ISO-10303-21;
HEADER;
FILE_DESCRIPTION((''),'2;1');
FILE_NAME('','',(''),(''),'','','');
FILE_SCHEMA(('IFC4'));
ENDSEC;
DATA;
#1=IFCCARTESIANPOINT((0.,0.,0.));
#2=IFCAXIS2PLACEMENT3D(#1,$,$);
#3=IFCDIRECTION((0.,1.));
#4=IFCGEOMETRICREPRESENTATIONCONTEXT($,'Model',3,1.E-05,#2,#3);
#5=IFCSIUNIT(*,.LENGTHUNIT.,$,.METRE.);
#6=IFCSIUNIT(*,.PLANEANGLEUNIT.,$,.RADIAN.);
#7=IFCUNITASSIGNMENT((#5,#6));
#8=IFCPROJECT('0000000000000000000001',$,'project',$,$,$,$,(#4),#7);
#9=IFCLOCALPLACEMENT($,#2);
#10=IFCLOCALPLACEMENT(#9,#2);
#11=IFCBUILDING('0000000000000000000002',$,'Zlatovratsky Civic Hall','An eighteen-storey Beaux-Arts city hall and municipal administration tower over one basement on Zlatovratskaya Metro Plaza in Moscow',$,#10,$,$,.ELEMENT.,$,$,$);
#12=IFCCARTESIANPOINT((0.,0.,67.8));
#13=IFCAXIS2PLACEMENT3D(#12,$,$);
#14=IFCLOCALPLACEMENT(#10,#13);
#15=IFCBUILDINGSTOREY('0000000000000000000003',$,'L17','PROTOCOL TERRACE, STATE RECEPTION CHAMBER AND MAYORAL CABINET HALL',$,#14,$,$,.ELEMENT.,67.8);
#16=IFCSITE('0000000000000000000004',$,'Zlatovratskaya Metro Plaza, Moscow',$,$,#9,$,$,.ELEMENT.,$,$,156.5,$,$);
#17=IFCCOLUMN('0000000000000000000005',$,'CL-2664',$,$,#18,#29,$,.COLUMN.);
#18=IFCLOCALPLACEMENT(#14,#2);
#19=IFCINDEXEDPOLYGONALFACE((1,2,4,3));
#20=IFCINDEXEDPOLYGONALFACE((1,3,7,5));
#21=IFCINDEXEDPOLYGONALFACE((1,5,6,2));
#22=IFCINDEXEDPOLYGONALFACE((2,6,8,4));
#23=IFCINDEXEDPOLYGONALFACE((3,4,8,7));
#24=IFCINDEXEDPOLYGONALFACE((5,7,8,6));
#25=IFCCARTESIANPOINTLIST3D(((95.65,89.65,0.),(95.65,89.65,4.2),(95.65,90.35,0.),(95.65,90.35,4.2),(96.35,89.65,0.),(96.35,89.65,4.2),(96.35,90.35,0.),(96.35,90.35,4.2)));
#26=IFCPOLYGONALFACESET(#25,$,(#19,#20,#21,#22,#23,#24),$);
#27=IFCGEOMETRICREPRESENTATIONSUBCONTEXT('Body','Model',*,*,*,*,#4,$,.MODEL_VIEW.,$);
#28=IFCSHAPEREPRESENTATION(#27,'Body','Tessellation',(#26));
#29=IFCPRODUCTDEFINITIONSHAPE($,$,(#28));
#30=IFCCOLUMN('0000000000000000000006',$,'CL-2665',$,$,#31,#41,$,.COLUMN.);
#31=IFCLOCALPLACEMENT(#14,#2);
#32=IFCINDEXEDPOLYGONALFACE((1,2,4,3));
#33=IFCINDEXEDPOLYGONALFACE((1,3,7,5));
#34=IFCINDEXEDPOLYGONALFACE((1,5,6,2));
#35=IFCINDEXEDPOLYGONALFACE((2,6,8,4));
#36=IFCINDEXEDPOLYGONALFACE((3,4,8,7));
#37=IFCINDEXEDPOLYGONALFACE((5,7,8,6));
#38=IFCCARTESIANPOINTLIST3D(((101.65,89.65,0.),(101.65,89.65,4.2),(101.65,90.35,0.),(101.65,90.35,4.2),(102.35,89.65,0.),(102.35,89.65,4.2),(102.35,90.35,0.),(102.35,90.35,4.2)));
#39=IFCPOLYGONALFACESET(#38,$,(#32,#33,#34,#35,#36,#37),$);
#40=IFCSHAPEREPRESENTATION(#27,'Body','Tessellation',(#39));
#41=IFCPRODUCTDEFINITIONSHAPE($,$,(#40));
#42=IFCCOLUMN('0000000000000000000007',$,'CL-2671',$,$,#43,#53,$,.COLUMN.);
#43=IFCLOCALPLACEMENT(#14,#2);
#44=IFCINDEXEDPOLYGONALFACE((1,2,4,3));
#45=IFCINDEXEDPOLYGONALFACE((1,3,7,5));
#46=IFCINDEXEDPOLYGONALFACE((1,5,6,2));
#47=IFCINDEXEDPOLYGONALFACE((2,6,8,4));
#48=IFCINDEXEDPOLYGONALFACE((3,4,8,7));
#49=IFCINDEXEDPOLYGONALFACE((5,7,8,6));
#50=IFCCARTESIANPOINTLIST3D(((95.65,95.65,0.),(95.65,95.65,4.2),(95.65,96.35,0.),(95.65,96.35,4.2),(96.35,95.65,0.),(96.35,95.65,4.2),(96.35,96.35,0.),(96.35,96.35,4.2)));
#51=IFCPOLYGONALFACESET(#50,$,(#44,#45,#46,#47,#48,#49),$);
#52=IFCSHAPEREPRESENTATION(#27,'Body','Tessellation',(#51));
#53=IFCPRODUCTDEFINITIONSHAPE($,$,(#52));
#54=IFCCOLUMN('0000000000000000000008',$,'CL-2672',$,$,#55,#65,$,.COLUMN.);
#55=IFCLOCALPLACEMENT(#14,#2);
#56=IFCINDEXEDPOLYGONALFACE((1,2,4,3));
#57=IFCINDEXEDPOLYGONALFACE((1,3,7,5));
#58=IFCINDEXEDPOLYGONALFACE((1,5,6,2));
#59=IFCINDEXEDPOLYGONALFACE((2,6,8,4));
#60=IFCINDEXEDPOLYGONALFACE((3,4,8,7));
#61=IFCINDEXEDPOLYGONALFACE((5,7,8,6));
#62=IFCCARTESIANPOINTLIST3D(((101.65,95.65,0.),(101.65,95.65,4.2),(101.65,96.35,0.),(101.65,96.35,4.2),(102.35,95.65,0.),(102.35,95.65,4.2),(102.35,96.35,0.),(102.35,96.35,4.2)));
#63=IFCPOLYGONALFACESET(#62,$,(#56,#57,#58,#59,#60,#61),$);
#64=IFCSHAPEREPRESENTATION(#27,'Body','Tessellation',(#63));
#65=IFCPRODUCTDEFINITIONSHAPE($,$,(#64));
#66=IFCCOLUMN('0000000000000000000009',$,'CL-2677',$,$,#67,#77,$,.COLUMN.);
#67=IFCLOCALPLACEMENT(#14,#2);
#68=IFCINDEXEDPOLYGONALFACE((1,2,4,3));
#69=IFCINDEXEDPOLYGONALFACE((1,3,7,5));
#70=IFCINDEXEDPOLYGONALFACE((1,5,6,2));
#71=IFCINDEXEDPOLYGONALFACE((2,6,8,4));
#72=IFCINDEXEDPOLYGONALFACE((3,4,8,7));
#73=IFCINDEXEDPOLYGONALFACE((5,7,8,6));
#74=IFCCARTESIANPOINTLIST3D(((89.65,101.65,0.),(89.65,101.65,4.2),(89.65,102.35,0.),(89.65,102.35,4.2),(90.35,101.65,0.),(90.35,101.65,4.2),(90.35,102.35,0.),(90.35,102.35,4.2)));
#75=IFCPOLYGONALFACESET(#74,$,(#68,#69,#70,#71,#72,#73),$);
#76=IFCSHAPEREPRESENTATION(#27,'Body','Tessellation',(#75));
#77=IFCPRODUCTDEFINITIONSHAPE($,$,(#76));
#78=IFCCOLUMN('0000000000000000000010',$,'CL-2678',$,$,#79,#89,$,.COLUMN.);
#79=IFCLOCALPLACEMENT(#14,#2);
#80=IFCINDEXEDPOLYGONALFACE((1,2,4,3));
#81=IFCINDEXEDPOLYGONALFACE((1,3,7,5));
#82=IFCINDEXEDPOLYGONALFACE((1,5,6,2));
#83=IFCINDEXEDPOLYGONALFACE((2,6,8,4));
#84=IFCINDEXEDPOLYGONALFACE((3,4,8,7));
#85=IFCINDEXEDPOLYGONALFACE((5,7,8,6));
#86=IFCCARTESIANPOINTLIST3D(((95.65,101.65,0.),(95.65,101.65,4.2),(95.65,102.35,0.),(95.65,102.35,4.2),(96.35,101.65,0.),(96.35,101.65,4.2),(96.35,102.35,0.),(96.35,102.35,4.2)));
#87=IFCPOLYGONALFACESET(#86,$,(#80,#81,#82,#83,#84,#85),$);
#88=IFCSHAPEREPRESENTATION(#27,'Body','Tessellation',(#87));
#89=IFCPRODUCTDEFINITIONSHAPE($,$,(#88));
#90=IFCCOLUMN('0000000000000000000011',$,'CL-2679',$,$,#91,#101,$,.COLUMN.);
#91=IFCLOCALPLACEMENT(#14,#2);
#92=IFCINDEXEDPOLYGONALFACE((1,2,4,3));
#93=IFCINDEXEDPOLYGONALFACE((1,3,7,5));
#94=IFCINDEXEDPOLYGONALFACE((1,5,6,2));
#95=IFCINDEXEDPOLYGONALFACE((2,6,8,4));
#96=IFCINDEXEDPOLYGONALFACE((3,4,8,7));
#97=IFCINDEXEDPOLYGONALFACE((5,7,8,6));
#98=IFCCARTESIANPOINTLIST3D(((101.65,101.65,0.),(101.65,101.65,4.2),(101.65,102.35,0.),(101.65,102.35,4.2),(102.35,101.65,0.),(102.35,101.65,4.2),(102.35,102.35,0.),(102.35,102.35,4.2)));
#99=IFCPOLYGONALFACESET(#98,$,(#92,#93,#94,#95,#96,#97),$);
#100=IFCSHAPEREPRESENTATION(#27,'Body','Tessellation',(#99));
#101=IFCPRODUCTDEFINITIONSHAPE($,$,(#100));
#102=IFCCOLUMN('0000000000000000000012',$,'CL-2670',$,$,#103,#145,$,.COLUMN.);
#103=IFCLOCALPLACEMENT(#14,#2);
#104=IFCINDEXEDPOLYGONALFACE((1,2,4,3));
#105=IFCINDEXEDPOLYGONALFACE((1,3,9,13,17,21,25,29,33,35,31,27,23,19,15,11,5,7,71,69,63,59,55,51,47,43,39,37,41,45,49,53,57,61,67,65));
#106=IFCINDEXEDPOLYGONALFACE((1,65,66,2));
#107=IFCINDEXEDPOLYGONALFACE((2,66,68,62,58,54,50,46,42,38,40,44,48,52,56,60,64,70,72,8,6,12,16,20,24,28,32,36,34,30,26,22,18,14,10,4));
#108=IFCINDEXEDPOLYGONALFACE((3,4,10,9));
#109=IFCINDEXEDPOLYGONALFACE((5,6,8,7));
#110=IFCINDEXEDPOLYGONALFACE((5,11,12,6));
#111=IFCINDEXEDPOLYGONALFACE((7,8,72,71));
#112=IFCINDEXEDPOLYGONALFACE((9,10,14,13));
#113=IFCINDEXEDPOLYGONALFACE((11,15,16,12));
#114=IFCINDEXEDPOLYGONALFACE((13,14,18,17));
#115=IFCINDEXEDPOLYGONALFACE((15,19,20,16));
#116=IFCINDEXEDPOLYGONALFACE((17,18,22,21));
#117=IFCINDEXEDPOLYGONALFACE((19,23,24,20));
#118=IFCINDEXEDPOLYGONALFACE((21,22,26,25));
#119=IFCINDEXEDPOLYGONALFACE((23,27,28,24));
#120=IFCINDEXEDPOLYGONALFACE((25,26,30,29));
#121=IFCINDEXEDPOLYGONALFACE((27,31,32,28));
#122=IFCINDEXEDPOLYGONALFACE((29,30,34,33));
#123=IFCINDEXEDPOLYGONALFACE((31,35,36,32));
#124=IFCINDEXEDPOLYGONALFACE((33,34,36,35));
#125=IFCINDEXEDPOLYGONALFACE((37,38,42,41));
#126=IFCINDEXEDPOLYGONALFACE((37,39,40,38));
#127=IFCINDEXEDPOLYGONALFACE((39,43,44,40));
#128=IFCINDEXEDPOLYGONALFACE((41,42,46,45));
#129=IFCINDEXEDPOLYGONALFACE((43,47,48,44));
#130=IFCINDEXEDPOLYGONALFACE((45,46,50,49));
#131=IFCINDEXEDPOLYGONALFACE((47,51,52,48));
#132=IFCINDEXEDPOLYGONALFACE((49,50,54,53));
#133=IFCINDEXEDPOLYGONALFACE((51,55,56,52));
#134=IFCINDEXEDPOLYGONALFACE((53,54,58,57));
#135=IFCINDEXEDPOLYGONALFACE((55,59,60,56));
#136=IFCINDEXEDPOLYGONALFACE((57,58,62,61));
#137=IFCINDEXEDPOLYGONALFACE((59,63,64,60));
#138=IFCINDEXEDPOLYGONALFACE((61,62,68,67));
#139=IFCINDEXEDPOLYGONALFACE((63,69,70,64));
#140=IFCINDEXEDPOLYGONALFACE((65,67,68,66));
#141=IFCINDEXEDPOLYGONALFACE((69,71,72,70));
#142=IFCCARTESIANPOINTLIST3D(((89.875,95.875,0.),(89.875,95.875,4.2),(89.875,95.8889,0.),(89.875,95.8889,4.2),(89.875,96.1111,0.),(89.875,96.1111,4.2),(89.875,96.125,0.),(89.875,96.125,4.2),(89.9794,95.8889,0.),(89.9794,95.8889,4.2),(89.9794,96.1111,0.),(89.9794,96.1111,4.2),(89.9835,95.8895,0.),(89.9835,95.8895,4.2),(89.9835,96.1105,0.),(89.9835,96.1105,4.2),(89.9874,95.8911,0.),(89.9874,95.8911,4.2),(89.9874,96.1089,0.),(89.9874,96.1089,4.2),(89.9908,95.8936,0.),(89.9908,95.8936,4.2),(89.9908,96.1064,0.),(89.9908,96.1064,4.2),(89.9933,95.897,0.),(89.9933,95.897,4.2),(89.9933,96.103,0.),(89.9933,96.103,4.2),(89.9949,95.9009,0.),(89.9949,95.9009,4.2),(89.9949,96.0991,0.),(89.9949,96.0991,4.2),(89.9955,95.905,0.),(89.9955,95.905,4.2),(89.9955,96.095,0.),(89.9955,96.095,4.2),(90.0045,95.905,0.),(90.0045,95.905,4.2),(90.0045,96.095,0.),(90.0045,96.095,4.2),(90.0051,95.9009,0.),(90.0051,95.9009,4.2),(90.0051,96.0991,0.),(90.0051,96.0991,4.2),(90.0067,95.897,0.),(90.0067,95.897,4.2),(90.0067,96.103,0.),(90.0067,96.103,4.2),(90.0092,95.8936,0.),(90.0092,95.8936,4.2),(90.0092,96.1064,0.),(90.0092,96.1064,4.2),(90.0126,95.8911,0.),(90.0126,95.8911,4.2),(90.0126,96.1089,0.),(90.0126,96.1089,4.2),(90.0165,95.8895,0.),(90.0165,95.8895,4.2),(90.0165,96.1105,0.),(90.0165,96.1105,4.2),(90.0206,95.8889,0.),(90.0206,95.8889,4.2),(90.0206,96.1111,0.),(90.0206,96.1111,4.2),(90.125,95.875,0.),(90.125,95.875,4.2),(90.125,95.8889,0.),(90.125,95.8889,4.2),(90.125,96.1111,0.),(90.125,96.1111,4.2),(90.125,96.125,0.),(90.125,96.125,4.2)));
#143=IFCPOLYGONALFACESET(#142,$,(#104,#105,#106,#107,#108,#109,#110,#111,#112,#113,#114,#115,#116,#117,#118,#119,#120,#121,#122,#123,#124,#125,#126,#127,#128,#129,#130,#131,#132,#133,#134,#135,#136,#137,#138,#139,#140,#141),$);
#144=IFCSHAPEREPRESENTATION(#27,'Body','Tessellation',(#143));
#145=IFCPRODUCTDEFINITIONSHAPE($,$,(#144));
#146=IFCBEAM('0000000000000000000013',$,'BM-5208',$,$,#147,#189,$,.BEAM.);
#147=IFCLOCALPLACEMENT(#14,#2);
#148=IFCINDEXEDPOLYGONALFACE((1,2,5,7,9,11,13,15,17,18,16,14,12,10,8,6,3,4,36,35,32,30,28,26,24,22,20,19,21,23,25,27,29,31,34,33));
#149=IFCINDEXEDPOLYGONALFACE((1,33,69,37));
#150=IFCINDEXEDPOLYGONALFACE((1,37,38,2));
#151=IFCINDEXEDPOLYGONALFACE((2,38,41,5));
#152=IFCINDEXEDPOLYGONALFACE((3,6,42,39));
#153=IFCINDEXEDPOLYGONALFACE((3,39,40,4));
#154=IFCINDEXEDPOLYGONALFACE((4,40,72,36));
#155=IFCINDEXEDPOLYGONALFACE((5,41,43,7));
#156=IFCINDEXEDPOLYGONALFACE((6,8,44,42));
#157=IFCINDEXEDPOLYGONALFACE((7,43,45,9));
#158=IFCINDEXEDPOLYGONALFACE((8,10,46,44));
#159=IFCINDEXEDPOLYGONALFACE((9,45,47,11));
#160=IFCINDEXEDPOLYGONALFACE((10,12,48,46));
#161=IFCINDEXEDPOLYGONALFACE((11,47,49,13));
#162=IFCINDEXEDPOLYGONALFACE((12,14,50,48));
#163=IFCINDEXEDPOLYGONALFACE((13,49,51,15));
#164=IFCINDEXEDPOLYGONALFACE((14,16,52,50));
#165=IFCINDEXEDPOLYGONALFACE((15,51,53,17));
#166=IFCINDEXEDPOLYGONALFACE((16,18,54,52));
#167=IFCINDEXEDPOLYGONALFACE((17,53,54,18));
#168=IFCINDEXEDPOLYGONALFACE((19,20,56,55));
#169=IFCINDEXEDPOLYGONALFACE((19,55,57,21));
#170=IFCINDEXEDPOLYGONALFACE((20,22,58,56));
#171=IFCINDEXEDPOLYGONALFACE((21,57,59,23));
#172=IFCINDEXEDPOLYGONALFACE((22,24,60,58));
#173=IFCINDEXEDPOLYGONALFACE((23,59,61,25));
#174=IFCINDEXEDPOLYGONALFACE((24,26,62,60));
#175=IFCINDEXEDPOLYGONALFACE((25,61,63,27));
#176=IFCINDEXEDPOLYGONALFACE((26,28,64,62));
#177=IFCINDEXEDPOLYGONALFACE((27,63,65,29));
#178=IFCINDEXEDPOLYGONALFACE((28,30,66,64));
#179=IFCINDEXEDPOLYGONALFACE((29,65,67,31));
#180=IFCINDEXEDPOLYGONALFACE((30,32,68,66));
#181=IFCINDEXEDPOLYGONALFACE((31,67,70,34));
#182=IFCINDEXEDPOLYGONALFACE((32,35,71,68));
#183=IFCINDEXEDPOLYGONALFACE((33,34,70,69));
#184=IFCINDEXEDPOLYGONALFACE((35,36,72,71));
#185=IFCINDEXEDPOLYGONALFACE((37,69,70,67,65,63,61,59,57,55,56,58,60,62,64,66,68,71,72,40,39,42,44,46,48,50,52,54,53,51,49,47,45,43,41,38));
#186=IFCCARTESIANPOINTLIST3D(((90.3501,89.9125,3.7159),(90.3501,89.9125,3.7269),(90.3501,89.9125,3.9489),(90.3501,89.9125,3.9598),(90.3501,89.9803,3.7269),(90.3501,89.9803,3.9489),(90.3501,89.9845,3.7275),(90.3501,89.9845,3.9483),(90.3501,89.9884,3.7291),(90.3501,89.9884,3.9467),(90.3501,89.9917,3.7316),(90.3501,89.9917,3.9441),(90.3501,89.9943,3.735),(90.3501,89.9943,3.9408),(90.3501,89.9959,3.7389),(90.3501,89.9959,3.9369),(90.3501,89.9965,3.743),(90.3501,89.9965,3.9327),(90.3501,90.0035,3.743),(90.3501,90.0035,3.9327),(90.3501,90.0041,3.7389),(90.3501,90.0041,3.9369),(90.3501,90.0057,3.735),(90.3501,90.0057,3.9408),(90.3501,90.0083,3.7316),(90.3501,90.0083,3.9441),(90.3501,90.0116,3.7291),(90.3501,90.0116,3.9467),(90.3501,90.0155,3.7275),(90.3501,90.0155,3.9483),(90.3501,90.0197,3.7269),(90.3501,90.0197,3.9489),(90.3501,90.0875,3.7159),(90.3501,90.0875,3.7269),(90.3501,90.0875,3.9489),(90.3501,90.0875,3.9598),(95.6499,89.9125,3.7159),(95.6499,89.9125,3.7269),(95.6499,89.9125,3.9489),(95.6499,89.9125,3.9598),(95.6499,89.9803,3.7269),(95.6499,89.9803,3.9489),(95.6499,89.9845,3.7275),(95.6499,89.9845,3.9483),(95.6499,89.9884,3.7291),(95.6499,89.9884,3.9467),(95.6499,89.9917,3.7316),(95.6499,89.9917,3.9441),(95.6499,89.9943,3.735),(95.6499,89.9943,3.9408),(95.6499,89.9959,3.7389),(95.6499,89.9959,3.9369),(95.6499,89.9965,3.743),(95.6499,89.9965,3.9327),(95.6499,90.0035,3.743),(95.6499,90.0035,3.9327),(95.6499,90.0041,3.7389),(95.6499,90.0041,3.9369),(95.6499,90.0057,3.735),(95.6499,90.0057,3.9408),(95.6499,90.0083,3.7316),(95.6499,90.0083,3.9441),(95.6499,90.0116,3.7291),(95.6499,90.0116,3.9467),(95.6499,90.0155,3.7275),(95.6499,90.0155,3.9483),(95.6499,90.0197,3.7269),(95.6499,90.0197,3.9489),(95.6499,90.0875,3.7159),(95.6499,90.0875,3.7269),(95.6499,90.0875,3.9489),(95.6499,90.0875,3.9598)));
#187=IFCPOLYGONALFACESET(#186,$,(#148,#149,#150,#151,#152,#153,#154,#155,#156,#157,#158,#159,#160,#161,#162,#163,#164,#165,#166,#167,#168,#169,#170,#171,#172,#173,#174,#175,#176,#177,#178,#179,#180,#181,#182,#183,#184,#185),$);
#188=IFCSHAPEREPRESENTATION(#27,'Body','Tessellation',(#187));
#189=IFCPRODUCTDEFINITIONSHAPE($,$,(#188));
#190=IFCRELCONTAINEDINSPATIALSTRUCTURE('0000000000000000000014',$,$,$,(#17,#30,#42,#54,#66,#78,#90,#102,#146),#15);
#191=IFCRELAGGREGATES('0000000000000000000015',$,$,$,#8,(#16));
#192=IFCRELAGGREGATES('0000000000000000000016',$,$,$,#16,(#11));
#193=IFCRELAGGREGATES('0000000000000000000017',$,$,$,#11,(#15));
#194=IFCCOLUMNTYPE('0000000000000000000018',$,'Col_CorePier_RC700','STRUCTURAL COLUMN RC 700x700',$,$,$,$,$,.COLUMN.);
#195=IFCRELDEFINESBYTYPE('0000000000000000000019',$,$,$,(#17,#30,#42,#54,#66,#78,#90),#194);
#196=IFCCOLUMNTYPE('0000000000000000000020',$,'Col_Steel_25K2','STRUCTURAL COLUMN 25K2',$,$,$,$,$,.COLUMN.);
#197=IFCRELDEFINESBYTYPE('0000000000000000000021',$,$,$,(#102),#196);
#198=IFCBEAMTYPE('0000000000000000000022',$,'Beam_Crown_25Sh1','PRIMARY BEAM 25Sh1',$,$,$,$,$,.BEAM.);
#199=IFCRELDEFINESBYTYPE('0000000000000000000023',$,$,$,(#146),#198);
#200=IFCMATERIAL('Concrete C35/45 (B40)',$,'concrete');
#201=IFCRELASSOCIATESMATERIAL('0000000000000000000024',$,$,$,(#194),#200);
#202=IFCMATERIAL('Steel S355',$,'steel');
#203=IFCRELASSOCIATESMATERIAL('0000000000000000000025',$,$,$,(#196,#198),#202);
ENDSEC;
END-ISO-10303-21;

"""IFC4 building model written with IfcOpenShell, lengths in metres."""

from ifc_helpers import new_model, si_unit, direction, frame, origin, origin_2d, place, context, subcontext, project, spatial, rectangle, i_section, extrude, material, material_profile, profile_set, type_object, element, save


model = new_model("IFC4")

# Units and contexts
model_context = context("Model", 3, precision=1e-05, world=origin(), true_north=direction((0.0, 1.0)))
body_context = subcontext(model_context, "Body", "Model", "MODEL_VIEW")
ifc_project = project(units=[si_unit("LENGTHUNIT", "METRE"), si_unit("PLANEANGLEUNIT", "RADIAN")], contexts=[model_context])

# Site, building, storey
site_placement = place(None, origin())
site = spatial("IfcSite", under=ifc_project, at=site_placement, Name="Zlatovratskaya Metro Plaza, Moscow", CompositionType="ELEMENT", RefElevation=156.5)
building_placement = place(site_placement, origin())
building = spatial("IfcBuilding", under=site, at=building_placement, Name="Zlatovratsky Civic Hall", Description="An eighteen-storey Beaux-Arts city hall and municipal administration tower over one basement on Zlatovratskaya Metro Plaza in Moscow", CompositionType="ELEMENT")
storey_placement = place(building_placement, frame((0.0, 0.0, 67.8)))
storey = spatial("IfcBuildingStorey", under=building, at=storey_placement, Name="L17", Description="PROTOCOL TERRACE, STATE RECEPTION CHAMBER AND MAYORAL CABINET HALL", CompositionType="ELEMENT", Elevation=67.8)

# Columns
ifc_material_1 = material(Name="Concrete C35/45 (B40)", Category="concrete")
ifc_material_profile_1 = material_profile(ifc_material_1, rectangle(XDim=0.7, YDim=0.7, at=origin_2d()), Name="RC 700x700")
ifc_profile_set_1 = profile_set([ifc_material_profile_1], Name="Concrete C35/45 (B40)")
column_type_1 = type_object("IfcColumnType", Name="Col_CorePier_RC700", Description="STRUCTURAL COLUMN RC 700x700", PredefinedType="COLUMN", material=ifc_profile_set_1)
for number, where, z_axis, x_axis, name in (
    (1, (96.0, 90.0, 0.0), (0.0, 0.0, 1.0), (1.0, 0.0, 0.0), "CL-2664"),
    (2, (102.0, 90.0, 0.0), (0.0, 0.0, 1.0), (1.0, 0.0, 0.0), "CL-2665"),
    (3, (96.0, 96.0, 0.0), (0.0, 0.0, 1.0), (1.0, 0.0, 0.0), "CL-2671"),
    (4, (102.0, 96.0, 0.0), (0.0, 0.0, 1.0), (1.0, 0.0, 0.0), "CL-2672"),
    (5, (90.0, 102.0, 0.0), (0.0, 0.0, 1.0), (1.0, 0.0, 0.0), "CL-2677"),
    (6, (96.0, 102.0, 0.0), (0.0, 0.0, 1.0), (1.0, 0.0, 0.0), "CL-2678"),
    (7, (102.0, 102.0, 0.0), (0.0, 0.0, 1.0), (1.0, 0.0, 0.0), "CL-2679"),
):
    element("IfcColumn", number, at=place(storey_placement, frame(where, z_axis=z_axis, x_axis=x_axis)), inside=storey, type_object=column_type_1, Name=name, PredefinedType="COLUMN", context=body_context, shape_type="SweptSolid", body=[
        extrude(rectangle(XDim=0.7, YDim=0.7, at=origin_2d()), origin(), (0.0, 0.0, 1.0), 4.2),
    ])
ifc_material_2 = material(Name="Steel S355", Category="steel")
ifc_material_profile_2 = material_profile(ifc_material_2, i_section(OverallWidth=0.25, OverallDepth=0.25, WebThickness=0.009, FlangeThickness=0.0139, FilletRadius=0.0161, at=origin_2d()), Name="25K2")
ifc_profile_set_2 = profile_set([ifc_material_profile_2], Name="Steel S355")
column_type_2 = type_object("IfcColumnType", Name="Col_Steel_25K2", Description="STRUCTURAL COLUMN 25K2", PredefinedType="COLUMN", material=ifc_profile_set_2)
column_placement = place(storey_placement, frame((90.0, 96.0, 0.0), z_axis=(0.0, 0.0, 1.0), x_axis=(1.0, 0.0, 0.0)))
element("IfcColumn", 8, at=column_placement, inside=storey, type_object=column_type_2, Name="CL-2670", PredefinedType="COLUMN", context=body_context, shape_type="SweptSolid", body=[
    extrude(i_section(OverallWidth=0.25, OverallDepth=0.25, WebThickness=0.009, FlangeThickness=0.0139, FilletRadius=0.0161, at=origin_2d()), origin(), (0.0, 0.0, 1.0), 4.2),
])

# Beam
ifc_material_profile_3 = material_profile(ifc_material_2, i_section(OverallWidth=0.175, OverallDepth=0.2439, WebThickness=0.0071, FlangeThickness=0.011, FilletRadius=0.0161, at=origin_2d()), Name="25Sh1")
ifc_profile_set_3 = profile_set([ifc_material_profile_3], Name="Steel S355")
beam_type_1 = type_object("IfcBeamType", Name="Beam_Crown_25Sh1", Description="PRIMARY BEAM 25Sh1", PredefinedType="BEAM", material=ifc_profile_set_3)
beam_1_placement = place(storey_placement, frame((90.3501, 90.0, 3.8379), z_axis=(1.0, 0.0, 0.0), x_axis=(0.0, 1.0, 0.0)))
element("IfcBeam", 9, at=beam_1_placement, inside=storey, type_object=beam_type_1, Name="BM-5208", PredefinedType="BEAM", context=body_context, shape_type="SweptSolid", body=[
    extrude(i_section(OverallWidth=0.175, OverallDepth=0.2439, WebThickness=0.0071, FlangeThickness=0.011, FilletRadius=0.0161, at=origin_2d()), origin(), (0.0, 0.0, 1.0), 5.2998),
])

save(model, "model.ifc")
